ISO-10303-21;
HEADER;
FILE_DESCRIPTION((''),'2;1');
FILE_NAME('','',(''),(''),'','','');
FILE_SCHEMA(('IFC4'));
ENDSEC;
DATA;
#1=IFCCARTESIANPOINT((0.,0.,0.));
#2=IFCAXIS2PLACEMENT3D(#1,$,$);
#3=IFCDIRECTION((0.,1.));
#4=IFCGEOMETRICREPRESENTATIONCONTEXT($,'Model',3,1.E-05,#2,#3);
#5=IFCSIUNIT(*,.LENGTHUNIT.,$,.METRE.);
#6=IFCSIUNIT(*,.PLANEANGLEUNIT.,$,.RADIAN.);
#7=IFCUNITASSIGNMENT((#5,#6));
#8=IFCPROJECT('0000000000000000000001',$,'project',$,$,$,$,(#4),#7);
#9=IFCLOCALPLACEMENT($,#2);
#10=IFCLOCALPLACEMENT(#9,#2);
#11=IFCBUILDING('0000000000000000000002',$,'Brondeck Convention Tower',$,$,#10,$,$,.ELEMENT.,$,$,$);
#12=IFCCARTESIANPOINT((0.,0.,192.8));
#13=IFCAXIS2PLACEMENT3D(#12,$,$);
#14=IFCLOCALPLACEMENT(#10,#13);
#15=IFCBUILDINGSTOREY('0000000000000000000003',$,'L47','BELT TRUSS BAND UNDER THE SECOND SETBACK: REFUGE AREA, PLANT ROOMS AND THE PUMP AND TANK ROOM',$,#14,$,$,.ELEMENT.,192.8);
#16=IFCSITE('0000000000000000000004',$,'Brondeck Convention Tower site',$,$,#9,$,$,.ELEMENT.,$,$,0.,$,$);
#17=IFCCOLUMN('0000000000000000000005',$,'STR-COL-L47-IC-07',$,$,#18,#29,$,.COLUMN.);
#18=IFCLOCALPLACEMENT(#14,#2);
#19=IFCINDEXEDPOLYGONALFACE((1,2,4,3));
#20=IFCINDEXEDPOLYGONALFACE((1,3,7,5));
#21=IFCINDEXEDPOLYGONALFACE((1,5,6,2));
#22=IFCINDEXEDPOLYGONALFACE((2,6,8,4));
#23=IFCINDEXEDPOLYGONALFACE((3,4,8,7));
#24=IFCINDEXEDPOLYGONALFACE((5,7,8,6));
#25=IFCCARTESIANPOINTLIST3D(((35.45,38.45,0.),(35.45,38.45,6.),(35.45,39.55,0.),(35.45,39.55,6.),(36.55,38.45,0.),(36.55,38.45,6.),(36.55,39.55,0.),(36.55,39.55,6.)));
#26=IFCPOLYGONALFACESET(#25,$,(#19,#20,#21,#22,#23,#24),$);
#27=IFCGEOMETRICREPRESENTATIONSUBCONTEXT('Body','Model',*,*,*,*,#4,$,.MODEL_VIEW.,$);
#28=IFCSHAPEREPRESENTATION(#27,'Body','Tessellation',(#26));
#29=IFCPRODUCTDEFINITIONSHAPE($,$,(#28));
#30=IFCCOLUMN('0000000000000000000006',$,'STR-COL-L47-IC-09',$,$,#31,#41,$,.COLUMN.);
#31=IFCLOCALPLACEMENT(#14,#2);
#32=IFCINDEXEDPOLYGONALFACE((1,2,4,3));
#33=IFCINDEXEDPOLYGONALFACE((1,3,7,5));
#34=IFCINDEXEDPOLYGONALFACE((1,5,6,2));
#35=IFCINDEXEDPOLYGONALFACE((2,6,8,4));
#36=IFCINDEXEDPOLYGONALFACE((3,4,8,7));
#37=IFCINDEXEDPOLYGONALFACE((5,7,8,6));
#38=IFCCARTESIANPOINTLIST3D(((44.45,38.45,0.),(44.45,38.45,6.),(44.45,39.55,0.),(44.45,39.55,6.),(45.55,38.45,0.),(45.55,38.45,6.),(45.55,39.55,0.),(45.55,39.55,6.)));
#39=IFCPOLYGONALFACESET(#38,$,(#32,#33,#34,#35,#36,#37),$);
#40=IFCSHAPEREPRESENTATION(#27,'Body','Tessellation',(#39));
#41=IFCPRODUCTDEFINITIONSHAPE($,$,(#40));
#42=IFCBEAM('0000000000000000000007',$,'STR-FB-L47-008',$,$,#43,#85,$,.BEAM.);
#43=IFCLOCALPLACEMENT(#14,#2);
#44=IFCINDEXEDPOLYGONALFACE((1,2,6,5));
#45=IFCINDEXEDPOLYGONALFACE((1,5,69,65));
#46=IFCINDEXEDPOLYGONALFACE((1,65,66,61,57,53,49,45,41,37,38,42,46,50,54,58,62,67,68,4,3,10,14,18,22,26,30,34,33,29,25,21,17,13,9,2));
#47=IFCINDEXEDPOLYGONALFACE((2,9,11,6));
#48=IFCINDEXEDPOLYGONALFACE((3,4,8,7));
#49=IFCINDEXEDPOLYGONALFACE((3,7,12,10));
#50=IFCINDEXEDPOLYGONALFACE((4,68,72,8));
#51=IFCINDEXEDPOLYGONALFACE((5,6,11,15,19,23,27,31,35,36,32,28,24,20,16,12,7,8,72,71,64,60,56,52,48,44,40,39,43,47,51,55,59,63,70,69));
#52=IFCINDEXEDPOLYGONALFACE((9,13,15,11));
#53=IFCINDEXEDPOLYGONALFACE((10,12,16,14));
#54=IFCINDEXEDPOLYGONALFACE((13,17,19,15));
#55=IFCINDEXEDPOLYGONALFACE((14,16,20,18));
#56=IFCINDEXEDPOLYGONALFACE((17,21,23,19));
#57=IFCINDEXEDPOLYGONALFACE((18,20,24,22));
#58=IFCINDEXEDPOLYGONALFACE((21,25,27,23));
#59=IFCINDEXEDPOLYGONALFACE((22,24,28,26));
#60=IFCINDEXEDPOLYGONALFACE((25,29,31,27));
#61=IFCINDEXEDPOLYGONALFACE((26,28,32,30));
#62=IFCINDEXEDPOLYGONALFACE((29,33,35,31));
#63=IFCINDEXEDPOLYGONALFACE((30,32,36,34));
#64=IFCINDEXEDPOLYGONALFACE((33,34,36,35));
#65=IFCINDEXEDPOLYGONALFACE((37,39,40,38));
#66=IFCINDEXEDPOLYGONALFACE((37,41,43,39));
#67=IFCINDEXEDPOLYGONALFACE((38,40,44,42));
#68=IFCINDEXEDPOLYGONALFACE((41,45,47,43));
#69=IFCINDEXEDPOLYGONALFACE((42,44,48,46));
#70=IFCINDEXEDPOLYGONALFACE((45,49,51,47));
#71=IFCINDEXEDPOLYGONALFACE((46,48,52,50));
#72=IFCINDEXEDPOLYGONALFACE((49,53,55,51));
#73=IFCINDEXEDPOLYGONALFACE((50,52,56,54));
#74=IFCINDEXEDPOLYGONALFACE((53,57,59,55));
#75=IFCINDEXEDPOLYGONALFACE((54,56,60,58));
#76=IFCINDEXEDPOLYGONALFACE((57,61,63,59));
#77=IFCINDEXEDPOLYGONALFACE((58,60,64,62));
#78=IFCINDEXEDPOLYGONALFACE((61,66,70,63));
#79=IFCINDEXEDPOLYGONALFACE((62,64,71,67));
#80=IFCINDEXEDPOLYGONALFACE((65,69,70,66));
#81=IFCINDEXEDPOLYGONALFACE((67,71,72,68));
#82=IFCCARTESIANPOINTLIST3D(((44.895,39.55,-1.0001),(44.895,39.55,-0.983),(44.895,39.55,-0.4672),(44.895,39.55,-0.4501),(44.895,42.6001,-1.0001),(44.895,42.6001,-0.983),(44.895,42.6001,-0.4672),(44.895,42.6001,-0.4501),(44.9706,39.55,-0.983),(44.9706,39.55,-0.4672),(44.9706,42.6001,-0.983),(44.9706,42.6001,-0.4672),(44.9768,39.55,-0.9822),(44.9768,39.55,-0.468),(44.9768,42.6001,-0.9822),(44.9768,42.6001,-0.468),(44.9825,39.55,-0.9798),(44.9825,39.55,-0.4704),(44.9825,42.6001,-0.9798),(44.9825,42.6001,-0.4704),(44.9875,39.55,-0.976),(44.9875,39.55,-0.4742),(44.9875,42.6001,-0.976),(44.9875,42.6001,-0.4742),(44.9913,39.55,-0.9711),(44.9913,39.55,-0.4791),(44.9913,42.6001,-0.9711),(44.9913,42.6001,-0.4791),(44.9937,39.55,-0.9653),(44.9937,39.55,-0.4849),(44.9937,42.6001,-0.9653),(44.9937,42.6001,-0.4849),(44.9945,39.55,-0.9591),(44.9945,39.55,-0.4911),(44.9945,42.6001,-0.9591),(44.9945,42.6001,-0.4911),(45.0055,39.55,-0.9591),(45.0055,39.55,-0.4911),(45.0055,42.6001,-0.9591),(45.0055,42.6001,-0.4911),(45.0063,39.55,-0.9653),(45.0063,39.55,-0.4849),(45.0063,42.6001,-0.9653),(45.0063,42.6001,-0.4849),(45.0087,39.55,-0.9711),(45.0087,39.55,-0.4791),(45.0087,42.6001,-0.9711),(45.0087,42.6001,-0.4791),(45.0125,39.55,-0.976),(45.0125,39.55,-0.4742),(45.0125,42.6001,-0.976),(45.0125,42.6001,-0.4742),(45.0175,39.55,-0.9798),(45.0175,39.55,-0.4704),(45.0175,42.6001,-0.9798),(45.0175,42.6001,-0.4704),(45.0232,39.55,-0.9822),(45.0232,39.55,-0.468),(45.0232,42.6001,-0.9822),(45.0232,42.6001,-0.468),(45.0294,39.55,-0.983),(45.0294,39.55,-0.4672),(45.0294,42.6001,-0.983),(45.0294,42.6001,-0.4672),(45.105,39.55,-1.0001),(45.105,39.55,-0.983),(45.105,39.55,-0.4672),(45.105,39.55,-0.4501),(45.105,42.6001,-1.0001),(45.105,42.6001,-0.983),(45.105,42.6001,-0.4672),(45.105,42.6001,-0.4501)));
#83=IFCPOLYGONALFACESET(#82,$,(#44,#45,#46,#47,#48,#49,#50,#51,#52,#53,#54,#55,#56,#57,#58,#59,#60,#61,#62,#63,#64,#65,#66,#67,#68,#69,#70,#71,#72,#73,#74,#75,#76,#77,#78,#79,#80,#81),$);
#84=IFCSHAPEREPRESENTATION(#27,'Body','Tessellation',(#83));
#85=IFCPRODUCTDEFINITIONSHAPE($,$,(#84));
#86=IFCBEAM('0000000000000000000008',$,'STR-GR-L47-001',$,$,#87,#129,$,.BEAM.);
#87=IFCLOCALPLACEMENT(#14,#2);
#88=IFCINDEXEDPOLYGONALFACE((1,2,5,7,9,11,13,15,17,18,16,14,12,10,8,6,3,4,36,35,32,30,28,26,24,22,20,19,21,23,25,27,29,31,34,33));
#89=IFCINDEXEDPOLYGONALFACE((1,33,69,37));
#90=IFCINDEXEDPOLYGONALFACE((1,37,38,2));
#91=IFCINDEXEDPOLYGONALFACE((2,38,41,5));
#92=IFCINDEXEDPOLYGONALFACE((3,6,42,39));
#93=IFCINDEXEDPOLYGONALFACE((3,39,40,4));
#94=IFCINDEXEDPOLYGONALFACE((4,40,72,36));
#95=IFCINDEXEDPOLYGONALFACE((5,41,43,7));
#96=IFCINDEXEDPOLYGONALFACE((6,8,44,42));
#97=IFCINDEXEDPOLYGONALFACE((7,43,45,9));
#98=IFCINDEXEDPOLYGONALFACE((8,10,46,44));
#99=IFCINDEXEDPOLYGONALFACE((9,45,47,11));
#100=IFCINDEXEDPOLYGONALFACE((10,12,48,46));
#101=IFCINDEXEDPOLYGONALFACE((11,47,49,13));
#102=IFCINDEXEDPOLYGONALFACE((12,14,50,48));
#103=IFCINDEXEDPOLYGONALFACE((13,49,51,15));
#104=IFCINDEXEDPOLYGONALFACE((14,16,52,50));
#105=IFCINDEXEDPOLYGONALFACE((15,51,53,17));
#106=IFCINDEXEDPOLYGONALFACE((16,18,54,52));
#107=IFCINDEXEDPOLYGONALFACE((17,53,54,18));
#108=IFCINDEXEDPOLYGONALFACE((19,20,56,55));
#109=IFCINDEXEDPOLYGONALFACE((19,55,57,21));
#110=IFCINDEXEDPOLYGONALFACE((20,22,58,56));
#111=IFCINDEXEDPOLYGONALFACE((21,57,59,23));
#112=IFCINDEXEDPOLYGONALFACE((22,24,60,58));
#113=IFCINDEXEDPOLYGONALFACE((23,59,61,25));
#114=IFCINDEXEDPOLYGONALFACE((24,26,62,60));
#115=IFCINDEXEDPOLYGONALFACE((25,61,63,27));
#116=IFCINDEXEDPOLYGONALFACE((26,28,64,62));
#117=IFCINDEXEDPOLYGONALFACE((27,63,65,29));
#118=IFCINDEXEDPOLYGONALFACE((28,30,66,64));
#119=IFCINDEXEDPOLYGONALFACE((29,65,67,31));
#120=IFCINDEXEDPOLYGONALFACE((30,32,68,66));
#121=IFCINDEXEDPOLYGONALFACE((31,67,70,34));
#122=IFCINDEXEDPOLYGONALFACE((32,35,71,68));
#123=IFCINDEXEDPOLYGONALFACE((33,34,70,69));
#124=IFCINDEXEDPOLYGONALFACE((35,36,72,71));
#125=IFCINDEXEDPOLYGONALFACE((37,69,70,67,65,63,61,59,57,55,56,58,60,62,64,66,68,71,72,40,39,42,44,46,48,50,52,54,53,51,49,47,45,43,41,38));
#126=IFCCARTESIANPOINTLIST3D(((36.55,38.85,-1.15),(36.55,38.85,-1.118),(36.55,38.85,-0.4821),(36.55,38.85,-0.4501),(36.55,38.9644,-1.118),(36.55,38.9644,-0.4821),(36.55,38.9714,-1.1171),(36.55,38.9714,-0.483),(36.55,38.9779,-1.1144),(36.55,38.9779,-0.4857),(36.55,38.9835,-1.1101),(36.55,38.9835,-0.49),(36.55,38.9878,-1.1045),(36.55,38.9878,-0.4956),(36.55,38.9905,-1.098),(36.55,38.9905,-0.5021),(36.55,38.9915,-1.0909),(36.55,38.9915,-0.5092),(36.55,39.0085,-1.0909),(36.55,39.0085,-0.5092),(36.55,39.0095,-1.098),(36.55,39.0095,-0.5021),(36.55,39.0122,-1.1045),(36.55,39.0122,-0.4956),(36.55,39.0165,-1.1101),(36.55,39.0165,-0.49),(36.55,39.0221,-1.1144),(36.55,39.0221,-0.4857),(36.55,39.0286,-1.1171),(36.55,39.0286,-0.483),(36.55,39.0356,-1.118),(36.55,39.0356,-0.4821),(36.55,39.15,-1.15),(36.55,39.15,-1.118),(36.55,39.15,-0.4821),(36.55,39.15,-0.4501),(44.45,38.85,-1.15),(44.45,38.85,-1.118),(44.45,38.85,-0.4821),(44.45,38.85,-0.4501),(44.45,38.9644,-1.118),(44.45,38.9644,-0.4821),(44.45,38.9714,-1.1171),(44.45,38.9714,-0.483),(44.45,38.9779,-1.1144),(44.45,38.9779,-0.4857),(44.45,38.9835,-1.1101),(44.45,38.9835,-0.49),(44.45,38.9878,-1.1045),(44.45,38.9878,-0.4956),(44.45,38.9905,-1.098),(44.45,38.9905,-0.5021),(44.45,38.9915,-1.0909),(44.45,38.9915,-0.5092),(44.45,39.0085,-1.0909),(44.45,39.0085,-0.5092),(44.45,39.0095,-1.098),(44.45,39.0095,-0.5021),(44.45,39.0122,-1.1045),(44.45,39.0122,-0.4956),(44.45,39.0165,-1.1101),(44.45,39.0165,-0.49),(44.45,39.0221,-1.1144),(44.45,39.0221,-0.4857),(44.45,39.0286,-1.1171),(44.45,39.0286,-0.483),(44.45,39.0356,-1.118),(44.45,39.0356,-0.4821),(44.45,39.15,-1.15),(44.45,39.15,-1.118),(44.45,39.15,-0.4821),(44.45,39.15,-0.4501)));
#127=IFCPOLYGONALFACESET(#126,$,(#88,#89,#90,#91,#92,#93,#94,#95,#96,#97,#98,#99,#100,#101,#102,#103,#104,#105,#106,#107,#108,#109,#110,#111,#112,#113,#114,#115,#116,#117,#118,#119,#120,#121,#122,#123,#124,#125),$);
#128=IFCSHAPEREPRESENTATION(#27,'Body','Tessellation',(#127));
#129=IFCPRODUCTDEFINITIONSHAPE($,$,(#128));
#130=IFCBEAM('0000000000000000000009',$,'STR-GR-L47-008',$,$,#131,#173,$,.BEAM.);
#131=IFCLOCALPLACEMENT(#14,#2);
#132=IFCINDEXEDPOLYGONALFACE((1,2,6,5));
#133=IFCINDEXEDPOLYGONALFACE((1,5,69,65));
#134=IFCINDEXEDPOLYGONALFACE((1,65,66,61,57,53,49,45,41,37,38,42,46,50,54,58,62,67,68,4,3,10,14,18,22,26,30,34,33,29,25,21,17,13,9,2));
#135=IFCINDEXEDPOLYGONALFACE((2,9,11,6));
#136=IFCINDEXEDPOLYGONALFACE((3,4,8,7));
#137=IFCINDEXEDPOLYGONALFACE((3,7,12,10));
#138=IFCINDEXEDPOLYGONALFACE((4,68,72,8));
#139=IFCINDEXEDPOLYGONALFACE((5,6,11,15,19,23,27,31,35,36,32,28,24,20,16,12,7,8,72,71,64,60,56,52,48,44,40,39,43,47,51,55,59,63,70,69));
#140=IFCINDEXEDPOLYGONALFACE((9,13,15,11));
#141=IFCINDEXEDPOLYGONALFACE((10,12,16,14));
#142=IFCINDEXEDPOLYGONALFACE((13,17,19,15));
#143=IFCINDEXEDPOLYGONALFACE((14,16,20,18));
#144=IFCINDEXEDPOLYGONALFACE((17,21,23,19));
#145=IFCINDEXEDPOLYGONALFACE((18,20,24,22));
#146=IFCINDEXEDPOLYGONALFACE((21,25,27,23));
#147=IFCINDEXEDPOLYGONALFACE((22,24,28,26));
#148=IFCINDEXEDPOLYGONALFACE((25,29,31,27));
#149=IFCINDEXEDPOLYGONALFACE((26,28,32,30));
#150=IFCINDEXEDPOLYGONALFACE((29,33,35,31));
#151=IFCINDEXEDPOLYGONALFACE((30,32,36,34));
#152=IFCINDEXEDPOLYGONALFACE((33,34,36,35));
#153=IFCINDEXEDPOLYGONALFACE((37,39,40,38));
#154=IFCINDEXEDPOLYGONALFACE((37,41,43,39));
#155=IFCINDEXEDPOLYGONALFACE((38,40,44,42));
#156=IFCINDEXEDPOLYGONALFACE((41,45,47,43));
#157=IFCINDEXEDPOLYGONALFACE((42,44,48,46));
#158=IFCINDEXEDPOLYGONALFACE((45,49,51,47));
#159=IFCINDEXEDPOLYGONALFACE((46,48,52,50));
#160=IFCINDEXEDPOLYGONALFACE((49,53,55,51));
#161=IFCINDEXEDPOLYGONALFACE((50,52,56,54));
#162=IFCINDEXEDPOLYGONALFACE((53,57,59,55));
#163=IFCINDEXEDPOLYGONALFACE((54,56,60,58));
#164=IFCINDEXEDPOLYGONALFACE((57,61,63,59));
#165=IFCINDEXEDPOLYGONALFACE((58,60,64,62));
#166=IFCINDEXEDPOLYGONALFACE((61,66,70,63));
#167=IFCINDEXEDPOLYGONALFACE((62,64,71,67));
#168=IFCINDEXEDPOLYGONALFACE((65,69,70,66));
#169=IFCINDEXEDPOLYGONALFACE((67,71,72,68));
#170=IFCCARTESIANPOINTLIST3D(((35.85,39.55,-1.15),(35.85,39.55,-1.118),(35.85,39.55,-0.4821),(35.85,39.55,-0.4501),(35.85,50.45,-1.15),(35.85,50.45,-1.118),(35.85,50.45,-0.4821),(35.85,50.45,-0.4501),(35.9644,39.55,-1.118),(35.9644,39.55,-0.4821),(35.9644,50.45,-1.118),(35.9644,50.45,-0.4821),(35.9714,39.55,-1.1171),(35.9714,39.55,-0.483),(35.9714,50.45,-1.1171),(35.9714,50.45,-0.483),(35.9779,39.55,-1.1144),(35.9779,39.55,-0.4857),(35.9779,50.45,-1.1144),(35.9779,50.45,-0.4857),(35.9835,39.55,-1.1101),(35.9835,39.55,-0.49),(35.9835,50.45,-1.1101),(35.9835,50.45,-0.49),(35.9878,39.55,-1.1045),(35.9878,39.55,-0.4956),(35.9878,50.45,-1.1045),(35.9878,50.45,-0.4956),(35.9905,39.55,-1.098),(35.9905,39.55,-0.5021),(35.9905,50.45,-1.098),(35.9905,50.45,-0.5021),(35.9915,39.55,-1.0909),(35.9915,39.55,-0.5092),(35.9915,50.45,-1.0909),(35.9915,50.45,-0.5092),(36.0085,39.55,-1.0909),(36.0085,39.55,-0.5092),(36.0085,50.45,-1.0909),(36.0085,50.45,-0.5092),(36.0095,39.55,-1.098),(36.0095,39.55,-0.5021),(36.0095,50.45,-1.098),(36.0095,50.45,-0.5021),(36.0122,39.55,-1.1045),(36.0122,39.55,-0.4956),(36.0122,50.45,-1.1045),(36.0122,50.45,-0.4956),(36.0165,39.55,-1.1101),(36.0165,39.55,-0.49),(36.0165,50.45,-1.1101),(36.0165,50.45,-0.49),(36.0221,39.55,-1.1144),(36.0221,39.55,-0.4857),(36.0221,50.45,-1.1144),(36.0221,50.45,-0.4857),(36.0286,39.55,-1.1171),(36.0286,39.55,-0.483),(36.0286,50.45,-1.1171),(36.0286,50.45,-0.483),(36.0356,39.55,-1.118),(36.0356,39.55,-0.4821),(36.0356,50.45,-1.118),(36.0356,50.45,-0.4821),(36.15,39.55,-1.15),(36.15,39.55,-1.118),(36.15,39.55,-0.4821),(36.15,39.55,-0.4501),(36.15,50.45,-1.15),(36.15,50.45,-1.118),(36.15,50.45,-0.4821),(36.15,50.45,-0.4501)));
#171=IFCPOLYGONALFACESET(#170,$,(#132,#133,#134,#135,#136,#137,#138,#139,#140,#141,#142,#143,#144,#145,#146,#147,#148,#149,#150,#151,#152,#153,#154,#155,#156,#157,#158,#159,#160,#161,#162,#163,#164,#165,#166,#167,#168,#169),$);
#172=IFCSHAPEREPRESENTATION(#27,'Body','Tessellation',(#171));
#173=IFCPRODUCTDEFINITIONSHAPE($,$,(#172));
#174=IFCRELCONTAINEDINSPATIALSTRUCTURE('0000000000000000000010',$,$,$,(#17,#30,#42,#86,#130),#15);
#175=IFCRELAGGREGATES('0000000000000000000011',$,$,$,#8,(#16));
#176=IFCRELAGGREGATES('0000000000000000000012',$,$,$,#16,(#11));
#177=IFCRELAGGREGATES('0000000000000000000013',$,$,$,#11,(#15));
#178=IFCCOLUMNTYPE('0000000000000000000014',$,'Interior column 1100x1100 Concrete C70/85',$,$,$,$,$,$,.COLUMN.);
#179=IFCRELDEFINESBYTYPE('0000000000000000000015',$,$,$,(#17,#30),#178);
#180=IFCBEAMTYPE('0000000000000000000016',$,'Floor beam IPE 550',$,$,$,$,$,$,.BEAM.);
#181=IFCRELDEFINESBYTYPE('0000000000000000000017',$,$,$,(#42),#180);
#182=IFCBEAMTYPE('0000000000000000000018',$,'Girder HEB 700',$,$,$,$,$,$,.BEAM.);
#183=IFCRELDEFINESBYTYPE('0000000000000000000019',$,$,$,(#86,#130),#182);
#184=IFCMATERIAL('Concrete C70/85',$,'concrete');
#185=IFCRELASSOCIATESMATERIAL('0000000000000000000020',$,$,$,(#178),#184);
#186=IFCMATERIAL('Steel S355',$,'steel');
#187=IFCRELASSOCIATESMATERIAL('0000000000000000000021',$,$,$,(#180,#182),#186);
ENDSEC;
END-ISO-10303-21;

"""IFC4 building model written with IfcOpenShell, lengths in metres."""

from ifc_helpers import new_model, si_unit, direction, frame, origin, origin_2d, place, context, subcontext, project, spatial, rectangle, i_section, extrude, material, material_profile, profile_set, type_object, element, save


model = new_model("IFC4")

# Units and contexts
model_context = context("Model", 3, precision=1e-05, world=origin(), true_north=direction((0.0, 1.0)))
body_context = subcontext(model_context, "Body", "Model", "MODEL_VIEW")
ifc_project = project(units=[si_unit("LENGTHUNIT", "METRE"), si_unit("PLANEANGLEUNIT", "RADIAN")], contexts=[model_context])

# Site, building, storey
site_placement = place(None, origin())
site = spatial("IfcSite", under=ifc_project, at=site_placement, Name="Brondeck Convention Tower site", CompositionType="ELEMENT", RefElevation=0.0)
building_placement = place(site_placement, origin())
building = spatial("IfcBuilding", under=site, at=building_placement, Name="Brondeck Convention Tower", CompositionType="ELEMENT")
storey_placement = place(building_placement, frame((0.0, 0.0, 192.8)))
storey = spatial("IfcBuildingStorey", under=building, at=storey_placement, Name="L47", Description="BELT TRUSS BAND UNDER THE SECOND SETBACK: REFUGE AREA, PLANT ROOMS AND THE PUMP AND TANK ROOM", CompositionType="ELEMENT", Elevation=192.8)

# Columns
ifc_material_1 = material(Name="Concrete C70/85", Category="concrete")
ifc_material_profile_1 = material_profile(ifc_material_1, rectangle(XDim=1.1001, YDim=1.1001, at=origin_2d()), Name="Interior column 1100x1100 Concrete C70/85")
ifc_profile_set_1 = profile_set([ifc_material_profile_1], Name="Concrete C70/85")
column_type = type_object("IfcColumnType", Name="Interior column 1100x1100 Concrete C70/85", PredefinedType="COLUMN", material=ifc_profile_set_1)
for number, where, z_axis, x_axis, name in (
    (1, (36.0, 39.0, 0.0), (0.0, 0.0, 1.0), (1.0, 0.0, 0.0), "STR-COL-L47-IC-07"),
    (2, (45.0, 39.0, 0.0), (0.0, 0.0, 1.0), (1.0, 0.0, 0.0), "STR-COL-L47-IC-09"),
):
    element("IfcColumn", number, at=place(storey_placement, frame(where, z_axis=z_axis, x_axis=x_axis)), inside=storey, type_object=column_type, Name=name, PredefinedType="COLUMN", context=body_context, shape_type="SweptSolid", body=[
        extrude(rectangle(XDim=1.1001, YDim=1.1001, at=origin_2d()), origin(), (0.0, 0.0, 1.0), 6.0),
    ])

# Beams
ifc_material_2 = material(Name="Steel S355", Category="steel")
ifc_material_profile_2 = material_profile(ifc_material_2, i_section(OverallWidth=0.21, OverallDepth=0.55, WebThickness=0.011, FlangeThickness=0.0171, FilletRadius=0.0239, at=origin_2d()), Name="IPE 550")
ifc_profile_set_2 = profile_set([ifc_material_profile_2], Name="Steel S355")
beam_type_1 = type_object("IfcBeamType", Name="Floor beam IPE 550", PredefinedType="BEAM", material=ifc_profile_set_2)
beam_1_placement = place(storey_placement, frame((45.0, 39.55, -0.7251), z_axis=(0.0, 1.0, 0.0), x_axis=(-1.0, 0.0, 0.0)))
element("IfcBeam", 3, at=beam_1_placement, inside=storey, type_object=beam_type_1, Name="STR-FB-L47-008", PredefinedType="BEAM", context=body_context, shape_type="SweptSolid", body=[
    extrude(i_section(OverallWidth=0.21, OverallDepth=0.55, WebThickness=0.011, FlangeThickness=0.0171, FilletRadius=0.0239, at=origin_2d()), origin(), (0.0, 0.0, 1.0), 3.05),
])
ifc_material_profile_3 = material_profile(ifc_material_2, i_section(OverallWidth=0.3, OverallDepth=0.7, WebThickness=0.0171, FlangeThickness=0.032, FilletRadius=0.0271, at=origin_2d()), Name="HEB 700")
ifc_profile_set_3 = profile_set([ifc_material_profile_3], Name="Steel S355")
beam_type_2 = type_object("IfcBeamType", Name="Girder HEB 700", PredefinedType="BEAM", material=ifc_profile_set_3)
beam_2_placement = place(storey_placement, frame((36.55, 39.0, -0.8), z_axis=(1.0, 0.0, 0.0), x_axis=(0.0, 1.0, 0.0)))
element("IfcBeam", 4, at=beam_2_placement, inside=storey, type_object=beam_type_2, Name="STR-GR-L47-001", PredefinedType="BEAM", context=body_context, shape_type="SweptSolid", body=[
    extrude(i_section(OverallWidth=0.3, OverallDepth=0.7, WebThickness=0.0171, FlangeThickness=0.032, FilletRadius=0.0271, at=origin_2d()), origin(), (0.0, 0.0, 1.0), 7.8999),
])
beam_3_placement = place(storey_placement, frame((36.0, 39.55, -0.8), z_axis=(0.0, 1.0, 0.0), x_axis=(-1.0, 0.0, 0.0)))
element("IfcBeam", 5, at=beam_3_placement, inside=storey, type_object=beam_type_2, Name="STR-GR-L47-008", PredefinedType="BEAM", context=body_context, shape_type="SweptSolid", body=[
    extrude(i_section(OverallWidth=0.3, OverallDepth=0.7, WebThickness=0.0171, FlangeThickness=0.032, FilletRadius=0.0271, at=origin_2d()), origin(), (0.0, 0.0, 1.0), 10.8999),
])

save(model, "model.ifc")
